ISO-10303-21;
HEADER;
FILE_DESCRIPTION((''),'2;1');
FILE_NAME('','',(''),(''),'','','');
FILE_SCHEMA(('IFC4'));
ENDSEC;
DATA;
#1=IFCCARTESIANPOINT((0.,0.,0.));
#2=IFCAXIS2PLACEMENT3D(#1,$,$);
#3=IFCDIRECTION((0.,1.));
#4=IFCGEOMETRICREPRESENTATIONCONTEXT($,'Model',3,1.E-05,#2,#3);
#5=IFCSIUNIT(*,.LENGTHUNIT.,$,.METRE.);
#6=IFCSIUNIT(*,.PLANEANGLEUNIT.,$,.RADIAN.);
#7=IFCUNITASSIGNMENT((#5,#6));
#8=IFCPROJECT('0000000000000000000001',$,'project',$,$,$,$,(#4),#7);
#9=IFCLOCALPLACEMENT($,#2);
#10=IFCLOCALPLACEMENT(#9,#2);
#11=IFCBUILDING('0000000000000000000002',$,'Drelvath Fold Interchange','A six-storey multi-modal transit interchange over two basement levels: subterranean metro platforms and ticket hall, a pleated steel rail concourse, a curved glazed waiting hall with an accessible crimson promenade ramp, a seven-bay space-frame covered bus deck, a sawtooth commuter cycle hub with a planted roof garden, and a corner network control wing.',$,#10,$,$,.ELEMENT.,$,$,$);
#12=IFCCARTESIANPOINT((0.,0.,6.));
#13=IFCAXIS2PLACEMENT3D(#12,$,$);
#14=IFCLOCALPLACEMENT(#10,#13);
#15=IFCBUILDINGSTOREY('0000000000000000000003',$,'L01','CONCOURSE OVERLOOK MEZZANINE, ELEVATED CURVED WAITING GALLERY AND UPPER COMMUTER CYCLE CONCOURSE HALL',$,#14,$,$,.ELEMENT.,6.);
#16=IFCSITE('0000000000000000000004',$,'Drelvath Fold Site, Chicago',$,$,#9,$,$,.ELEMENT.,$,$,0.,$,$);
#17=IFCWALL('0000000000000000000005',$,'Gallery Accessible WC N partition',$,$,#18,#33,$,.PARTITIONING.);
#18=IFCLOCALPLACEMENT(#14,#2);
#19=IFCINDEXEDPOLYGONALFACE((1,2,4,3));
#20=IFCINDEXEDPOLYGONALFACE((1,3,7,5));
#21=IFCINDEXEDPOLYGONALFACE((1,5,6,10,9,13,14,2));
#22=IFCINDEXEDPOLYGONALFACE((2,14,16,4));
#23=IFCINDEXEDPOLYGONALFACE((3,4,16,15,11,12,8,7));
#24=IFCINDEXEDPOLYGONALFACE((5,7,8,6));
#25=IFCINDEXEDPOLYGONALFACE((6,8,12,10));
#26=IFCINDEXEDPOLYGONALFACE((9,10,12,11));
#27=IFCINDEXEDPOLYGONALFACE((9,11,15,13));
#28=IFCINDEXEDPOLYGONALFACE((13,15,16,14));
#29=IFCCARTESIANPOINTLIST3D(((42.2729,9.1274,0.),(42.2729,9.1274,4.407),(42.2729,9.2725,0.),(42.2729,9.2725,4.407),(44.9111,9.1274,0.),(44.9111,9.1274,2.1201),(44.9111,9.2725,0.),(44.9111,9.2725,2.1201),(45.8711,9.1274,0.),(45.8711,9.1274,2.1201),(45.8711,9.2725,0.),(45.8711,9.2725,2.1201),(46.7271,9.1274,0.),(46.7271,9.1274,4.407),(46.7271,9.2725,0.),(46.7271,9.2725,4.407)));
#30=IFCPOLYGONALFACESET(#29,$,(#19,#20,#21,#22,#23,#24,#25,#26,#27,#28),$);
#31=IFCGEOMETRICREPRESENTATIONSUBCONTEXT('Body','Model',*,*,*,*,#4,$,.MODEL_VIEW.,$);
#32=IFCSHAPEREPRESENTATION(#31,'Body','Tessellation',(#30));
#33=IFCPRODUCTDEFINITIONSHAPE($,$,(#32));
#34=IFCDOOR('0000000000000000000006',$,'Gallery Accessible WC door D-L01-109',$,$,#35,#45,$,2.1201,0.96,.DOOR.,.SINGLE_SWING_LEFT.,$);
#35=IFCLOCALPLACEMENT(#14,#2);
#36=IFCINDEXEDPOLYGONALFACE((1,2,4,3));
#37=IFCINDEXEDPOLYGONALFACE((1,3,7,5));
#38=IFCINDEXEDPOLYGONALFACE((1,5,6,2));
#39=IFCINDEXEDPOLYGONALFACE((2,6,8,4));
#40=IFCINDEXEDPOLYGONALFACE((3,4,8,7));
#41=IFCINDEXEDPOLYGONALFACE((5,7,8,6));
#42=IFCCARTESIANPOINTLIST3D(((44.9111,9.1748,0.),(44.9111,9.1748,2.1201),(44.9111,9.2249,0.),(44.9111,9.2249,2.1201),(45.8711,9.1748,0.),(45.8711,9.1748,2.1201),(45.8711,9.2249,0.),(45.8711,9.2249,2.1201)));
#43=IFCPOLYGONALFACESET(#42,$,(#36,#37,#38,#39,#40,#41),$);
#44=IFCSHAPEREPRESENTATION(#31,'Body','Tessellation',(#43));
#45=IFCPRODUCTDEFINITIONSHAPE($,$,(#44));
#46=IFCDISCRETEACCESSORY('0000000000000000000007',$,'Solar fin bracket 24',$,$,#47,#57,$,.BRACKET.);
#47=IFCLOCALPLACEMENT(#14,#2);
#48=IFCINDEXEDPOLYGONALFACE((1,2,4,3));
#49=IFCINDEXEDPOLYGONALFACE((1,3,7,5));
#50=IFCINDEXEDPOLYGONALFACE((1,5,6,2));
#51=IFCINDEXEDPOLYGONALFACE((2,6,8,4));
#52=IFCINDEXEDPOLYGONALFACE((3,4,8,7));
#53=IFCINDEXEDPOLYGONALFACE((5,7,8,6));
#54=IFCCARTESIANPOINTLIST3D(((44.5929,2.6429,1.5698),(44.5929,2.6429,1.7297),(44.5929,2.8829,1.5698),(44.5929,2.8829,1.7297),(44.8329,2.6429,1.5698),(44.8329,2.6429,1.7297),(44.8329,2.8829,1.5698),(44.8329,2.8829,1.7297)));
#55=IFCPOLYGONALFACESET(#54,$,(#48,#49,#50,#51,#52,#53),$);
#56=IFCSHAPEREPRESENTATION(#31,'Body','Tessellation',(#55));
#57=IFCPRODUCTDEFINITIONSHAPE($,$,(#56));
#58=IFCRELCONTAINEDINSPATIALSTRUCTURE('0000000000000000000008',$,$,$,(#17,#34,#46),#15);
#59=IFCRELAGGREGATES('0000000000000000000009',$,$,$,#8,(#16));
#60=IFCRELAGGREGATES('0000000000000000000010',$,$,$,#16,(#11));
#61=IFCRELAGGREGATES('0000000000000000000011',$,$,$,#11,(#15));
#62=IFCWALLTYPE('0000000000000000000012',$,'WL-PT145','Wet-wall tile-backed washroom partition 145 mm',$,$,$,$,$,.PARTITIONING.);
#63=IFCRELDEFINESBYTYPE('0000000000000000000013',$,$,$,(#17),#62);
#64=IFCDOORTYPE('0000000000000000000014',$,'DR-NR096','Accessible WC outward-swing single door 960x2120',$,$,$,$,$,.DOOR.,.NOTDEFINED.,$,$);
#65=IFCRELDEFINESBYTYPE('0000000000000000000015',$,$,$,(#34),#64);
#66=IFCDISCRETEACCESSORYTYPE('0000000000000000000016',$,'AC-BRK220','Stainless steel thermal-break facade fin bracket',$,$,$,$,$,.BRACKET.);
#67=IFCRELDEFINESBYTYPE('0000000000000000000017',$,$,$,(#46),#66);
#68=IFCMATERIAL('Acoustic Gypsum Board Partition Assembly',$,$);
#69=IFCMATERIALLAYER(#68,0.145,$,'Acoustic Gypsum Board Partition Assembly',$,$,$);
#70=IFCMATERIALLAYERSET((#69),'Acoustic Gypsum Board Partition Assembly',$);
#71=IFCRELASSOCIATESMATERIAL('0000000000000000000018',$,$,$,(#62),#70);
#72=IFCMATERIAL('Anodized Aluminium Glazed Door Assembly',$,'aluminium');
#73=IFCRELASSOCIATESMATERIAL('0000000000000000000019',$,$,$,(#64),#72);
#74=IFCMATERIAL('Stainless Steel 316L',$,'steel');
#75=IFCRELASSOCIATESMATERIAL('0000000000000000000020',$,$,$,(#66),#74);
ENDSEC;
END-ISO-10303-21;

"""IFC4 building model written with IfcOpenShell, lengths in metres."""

from ifc_helpers import new_model, si_unit, direction, frame, frame_2d, origin, origin_2d, place, context, subcontext, project, spatial, rectangle, extrude, material, layer, layer_set, type_object, element, fill, save


model = new_model("IFC4")

# Units and contexts
model_context = context("Model", 3, precision=1e-05, world=origin(), true_north=direction((0.0, 1.0)))
body_context = subcontext(model_context, "Body", "Model", "MODEL_VIEW")
ifc_project = project(units=[si_unit("LENGTHUNIT", "METRE"), si_unit("PLANEANGLEUNIT", "RADIAN")], contexts=[model_context])

# Site, building, storey
site_placement = place(None, origin())
site = spatial("IfcSite", under=ifc_project, at=site_placement, Name="Drelvath Fold Site, Chicago", CompositionType="ELEMENT", RefElevation=0.0)
building_placement = place(site_placement, origin())
building = spatial("IfcBuilding", under=site, at=building_placement, Name="Drelvath Fold Interchange", Description="A six-storey multi-modal transit interchange over two basement levels: subterranean metro platforms and ticket hall, a pleated steel rail concourse, a curved glazed waiting hall with an accessible crimson promenade ramp, a seven-bay space-frame covered bus deck, a sawtooth commuter cycle hub with a planted roof garden, and a corner network control wing.", CompositionType="ELEMENT")
storey_placement = place(building_placement, frame((0.0, 0.0, 6.0)))
storey = spatial("IfcBuildingStorey", under=building, at=storey_placement, Name="L01", Description="CONCOURSE OVERLOOK MEZZANINE, ELEVATED CURVED WAITING GALLERY AND UPPER COMMUTER CYCLE CONCOURSE HALL", CompositionType="ELEMENT", Elevation=6.0)

# Shared definitions
ifc_material_1 = material(Name="Acoustic Gypsum Board Partition Assembly")
ifc_layer_1 = layer(ifc_material_1, 0.145, Name="Acoustic Gypsum Board Partition Assembly")
ifc_layer_set_1 = layer_set([ifc_layer_1], Name="Acoustic Gypsum Board Partition Assembly")
wall_type = type_object("IfcWallType", Name="WL-PT145", Description="Wet-wall tile-backed washroom partition 145 mm", PredefinedType="PARTITIONING", material=ifc_layer_set_1)

# Wall, opening, door
wall_1_placement = place(storey_placement, frame((46.7271, 9.2, 0.0), z_axis=(0.0, 0.0, 1.0), x_axis=(-1.0, 0.0, 0.0)))
wall_1 = element("IfcWall", 1, at=wall_1_placement, inside=storey, type_object=wall_type, Name="Gallery Accessible WC N partition", PredefinedType="PARTITIONING", context=body_context, shape_type="SweptSolid", body=[
    extrude(rectangle(XDim=4.4541, YDim=0.145, at=frame_2d((2.2271, 0.0))), origin(), (0.0, 0.0, 1.0), 4.407),
])
opening_placement = place(wall_1_placement, frame((0.856, 0.0, 0.0)))
opening = element("IfcOpeningElement", 2, at=opening_placement, cuts=wall_1, PredefinedType="OPENING", context=body_context, shape_type="SweptSolid", body=[
    extrude(rectangle(XDim=0.96, YDim=2.1201, at=frame_2d((0.48, 1.0601))), frame((0.0, 0.0825, 0.0), z_axis=(0.0, -1.0, 0.0), x_axis=(1.0, 0.0, 0.0)), (0.0, 0.0, 1.0), 0.165),
])
ifc_material_2 = material(Name="Anodized Aluminium Glazed Door Assembly", Category="aluminium")
door_type = type_object("IfcDoorType", Name="DR-NR096", Description="Accessible WC outward-swing single door 960x2120", OperationType="NOTDEFINED", PredefinedType="DOOR", material=ifc_material_2)
door_placement = place(opening_placement, frame((0.96, 0.0, 0.0), z_axis=(0.0, 0.0, 1.0), x_axis=(-1.0, 0.0, 0.0)))
door = element("IfcDoor", 3, at=door_placement, inside=storey, type_object=door_type, Name="Gallery Accessible WC door D-L01-109", OperationType="SINGLE_SWING_LEFT", OverallHeight=2.1201, OverallWidth=0.96, PredefinedType="DOOR", context=body_context, shape_type="SweptSolid", body=[
    extrude(rectangle(XDim=0.96, YDim=2.1201, at=frame_2d((0.48, 1.0601))), frame((0.0, 0.0249, 0.0), z_axis=(0.0, -1.0, 0.0), x_axis=(1.0, 0.0, 0.0)), (0.0, 0.0, 1.0), 0.05),
])
fill(opening, door)

# Discrete accessory
ifc_material_3 = material(Name="Stainless Steel 316L", Category="steel")
discrete_accessory_type = type_object("IfcDiscreteAccessoryType", Name="AC-BRK220", Description="Stainless steel thermal-break facade fin bracket", PredefinedType="BRACKET", material=ifc_material_3)
discrete_accessory_placement = place(storey_placement, frame((44.7129, 2.7629, 1.5698), z_axis=(0.0, 0.0, 1.0), x_axis=(0.0, 1.0, 0.0)))
element("IfcDiscreteAccessory", 4, at=discrete_accessory_placement, inside=storey, type_object=discrete_accessory_type, Name="Solar fin bracket 24", PredefinedType="BRACKET", context=body_context, shape_type="SweptSolid", body=[
    extrude(rectangle(XDim=0.24, YDim=0.24, at=origin_2d()), origin(), (0.0, 0.0, 1.0), 0.1599),
])

save(model, "model.ifc")
